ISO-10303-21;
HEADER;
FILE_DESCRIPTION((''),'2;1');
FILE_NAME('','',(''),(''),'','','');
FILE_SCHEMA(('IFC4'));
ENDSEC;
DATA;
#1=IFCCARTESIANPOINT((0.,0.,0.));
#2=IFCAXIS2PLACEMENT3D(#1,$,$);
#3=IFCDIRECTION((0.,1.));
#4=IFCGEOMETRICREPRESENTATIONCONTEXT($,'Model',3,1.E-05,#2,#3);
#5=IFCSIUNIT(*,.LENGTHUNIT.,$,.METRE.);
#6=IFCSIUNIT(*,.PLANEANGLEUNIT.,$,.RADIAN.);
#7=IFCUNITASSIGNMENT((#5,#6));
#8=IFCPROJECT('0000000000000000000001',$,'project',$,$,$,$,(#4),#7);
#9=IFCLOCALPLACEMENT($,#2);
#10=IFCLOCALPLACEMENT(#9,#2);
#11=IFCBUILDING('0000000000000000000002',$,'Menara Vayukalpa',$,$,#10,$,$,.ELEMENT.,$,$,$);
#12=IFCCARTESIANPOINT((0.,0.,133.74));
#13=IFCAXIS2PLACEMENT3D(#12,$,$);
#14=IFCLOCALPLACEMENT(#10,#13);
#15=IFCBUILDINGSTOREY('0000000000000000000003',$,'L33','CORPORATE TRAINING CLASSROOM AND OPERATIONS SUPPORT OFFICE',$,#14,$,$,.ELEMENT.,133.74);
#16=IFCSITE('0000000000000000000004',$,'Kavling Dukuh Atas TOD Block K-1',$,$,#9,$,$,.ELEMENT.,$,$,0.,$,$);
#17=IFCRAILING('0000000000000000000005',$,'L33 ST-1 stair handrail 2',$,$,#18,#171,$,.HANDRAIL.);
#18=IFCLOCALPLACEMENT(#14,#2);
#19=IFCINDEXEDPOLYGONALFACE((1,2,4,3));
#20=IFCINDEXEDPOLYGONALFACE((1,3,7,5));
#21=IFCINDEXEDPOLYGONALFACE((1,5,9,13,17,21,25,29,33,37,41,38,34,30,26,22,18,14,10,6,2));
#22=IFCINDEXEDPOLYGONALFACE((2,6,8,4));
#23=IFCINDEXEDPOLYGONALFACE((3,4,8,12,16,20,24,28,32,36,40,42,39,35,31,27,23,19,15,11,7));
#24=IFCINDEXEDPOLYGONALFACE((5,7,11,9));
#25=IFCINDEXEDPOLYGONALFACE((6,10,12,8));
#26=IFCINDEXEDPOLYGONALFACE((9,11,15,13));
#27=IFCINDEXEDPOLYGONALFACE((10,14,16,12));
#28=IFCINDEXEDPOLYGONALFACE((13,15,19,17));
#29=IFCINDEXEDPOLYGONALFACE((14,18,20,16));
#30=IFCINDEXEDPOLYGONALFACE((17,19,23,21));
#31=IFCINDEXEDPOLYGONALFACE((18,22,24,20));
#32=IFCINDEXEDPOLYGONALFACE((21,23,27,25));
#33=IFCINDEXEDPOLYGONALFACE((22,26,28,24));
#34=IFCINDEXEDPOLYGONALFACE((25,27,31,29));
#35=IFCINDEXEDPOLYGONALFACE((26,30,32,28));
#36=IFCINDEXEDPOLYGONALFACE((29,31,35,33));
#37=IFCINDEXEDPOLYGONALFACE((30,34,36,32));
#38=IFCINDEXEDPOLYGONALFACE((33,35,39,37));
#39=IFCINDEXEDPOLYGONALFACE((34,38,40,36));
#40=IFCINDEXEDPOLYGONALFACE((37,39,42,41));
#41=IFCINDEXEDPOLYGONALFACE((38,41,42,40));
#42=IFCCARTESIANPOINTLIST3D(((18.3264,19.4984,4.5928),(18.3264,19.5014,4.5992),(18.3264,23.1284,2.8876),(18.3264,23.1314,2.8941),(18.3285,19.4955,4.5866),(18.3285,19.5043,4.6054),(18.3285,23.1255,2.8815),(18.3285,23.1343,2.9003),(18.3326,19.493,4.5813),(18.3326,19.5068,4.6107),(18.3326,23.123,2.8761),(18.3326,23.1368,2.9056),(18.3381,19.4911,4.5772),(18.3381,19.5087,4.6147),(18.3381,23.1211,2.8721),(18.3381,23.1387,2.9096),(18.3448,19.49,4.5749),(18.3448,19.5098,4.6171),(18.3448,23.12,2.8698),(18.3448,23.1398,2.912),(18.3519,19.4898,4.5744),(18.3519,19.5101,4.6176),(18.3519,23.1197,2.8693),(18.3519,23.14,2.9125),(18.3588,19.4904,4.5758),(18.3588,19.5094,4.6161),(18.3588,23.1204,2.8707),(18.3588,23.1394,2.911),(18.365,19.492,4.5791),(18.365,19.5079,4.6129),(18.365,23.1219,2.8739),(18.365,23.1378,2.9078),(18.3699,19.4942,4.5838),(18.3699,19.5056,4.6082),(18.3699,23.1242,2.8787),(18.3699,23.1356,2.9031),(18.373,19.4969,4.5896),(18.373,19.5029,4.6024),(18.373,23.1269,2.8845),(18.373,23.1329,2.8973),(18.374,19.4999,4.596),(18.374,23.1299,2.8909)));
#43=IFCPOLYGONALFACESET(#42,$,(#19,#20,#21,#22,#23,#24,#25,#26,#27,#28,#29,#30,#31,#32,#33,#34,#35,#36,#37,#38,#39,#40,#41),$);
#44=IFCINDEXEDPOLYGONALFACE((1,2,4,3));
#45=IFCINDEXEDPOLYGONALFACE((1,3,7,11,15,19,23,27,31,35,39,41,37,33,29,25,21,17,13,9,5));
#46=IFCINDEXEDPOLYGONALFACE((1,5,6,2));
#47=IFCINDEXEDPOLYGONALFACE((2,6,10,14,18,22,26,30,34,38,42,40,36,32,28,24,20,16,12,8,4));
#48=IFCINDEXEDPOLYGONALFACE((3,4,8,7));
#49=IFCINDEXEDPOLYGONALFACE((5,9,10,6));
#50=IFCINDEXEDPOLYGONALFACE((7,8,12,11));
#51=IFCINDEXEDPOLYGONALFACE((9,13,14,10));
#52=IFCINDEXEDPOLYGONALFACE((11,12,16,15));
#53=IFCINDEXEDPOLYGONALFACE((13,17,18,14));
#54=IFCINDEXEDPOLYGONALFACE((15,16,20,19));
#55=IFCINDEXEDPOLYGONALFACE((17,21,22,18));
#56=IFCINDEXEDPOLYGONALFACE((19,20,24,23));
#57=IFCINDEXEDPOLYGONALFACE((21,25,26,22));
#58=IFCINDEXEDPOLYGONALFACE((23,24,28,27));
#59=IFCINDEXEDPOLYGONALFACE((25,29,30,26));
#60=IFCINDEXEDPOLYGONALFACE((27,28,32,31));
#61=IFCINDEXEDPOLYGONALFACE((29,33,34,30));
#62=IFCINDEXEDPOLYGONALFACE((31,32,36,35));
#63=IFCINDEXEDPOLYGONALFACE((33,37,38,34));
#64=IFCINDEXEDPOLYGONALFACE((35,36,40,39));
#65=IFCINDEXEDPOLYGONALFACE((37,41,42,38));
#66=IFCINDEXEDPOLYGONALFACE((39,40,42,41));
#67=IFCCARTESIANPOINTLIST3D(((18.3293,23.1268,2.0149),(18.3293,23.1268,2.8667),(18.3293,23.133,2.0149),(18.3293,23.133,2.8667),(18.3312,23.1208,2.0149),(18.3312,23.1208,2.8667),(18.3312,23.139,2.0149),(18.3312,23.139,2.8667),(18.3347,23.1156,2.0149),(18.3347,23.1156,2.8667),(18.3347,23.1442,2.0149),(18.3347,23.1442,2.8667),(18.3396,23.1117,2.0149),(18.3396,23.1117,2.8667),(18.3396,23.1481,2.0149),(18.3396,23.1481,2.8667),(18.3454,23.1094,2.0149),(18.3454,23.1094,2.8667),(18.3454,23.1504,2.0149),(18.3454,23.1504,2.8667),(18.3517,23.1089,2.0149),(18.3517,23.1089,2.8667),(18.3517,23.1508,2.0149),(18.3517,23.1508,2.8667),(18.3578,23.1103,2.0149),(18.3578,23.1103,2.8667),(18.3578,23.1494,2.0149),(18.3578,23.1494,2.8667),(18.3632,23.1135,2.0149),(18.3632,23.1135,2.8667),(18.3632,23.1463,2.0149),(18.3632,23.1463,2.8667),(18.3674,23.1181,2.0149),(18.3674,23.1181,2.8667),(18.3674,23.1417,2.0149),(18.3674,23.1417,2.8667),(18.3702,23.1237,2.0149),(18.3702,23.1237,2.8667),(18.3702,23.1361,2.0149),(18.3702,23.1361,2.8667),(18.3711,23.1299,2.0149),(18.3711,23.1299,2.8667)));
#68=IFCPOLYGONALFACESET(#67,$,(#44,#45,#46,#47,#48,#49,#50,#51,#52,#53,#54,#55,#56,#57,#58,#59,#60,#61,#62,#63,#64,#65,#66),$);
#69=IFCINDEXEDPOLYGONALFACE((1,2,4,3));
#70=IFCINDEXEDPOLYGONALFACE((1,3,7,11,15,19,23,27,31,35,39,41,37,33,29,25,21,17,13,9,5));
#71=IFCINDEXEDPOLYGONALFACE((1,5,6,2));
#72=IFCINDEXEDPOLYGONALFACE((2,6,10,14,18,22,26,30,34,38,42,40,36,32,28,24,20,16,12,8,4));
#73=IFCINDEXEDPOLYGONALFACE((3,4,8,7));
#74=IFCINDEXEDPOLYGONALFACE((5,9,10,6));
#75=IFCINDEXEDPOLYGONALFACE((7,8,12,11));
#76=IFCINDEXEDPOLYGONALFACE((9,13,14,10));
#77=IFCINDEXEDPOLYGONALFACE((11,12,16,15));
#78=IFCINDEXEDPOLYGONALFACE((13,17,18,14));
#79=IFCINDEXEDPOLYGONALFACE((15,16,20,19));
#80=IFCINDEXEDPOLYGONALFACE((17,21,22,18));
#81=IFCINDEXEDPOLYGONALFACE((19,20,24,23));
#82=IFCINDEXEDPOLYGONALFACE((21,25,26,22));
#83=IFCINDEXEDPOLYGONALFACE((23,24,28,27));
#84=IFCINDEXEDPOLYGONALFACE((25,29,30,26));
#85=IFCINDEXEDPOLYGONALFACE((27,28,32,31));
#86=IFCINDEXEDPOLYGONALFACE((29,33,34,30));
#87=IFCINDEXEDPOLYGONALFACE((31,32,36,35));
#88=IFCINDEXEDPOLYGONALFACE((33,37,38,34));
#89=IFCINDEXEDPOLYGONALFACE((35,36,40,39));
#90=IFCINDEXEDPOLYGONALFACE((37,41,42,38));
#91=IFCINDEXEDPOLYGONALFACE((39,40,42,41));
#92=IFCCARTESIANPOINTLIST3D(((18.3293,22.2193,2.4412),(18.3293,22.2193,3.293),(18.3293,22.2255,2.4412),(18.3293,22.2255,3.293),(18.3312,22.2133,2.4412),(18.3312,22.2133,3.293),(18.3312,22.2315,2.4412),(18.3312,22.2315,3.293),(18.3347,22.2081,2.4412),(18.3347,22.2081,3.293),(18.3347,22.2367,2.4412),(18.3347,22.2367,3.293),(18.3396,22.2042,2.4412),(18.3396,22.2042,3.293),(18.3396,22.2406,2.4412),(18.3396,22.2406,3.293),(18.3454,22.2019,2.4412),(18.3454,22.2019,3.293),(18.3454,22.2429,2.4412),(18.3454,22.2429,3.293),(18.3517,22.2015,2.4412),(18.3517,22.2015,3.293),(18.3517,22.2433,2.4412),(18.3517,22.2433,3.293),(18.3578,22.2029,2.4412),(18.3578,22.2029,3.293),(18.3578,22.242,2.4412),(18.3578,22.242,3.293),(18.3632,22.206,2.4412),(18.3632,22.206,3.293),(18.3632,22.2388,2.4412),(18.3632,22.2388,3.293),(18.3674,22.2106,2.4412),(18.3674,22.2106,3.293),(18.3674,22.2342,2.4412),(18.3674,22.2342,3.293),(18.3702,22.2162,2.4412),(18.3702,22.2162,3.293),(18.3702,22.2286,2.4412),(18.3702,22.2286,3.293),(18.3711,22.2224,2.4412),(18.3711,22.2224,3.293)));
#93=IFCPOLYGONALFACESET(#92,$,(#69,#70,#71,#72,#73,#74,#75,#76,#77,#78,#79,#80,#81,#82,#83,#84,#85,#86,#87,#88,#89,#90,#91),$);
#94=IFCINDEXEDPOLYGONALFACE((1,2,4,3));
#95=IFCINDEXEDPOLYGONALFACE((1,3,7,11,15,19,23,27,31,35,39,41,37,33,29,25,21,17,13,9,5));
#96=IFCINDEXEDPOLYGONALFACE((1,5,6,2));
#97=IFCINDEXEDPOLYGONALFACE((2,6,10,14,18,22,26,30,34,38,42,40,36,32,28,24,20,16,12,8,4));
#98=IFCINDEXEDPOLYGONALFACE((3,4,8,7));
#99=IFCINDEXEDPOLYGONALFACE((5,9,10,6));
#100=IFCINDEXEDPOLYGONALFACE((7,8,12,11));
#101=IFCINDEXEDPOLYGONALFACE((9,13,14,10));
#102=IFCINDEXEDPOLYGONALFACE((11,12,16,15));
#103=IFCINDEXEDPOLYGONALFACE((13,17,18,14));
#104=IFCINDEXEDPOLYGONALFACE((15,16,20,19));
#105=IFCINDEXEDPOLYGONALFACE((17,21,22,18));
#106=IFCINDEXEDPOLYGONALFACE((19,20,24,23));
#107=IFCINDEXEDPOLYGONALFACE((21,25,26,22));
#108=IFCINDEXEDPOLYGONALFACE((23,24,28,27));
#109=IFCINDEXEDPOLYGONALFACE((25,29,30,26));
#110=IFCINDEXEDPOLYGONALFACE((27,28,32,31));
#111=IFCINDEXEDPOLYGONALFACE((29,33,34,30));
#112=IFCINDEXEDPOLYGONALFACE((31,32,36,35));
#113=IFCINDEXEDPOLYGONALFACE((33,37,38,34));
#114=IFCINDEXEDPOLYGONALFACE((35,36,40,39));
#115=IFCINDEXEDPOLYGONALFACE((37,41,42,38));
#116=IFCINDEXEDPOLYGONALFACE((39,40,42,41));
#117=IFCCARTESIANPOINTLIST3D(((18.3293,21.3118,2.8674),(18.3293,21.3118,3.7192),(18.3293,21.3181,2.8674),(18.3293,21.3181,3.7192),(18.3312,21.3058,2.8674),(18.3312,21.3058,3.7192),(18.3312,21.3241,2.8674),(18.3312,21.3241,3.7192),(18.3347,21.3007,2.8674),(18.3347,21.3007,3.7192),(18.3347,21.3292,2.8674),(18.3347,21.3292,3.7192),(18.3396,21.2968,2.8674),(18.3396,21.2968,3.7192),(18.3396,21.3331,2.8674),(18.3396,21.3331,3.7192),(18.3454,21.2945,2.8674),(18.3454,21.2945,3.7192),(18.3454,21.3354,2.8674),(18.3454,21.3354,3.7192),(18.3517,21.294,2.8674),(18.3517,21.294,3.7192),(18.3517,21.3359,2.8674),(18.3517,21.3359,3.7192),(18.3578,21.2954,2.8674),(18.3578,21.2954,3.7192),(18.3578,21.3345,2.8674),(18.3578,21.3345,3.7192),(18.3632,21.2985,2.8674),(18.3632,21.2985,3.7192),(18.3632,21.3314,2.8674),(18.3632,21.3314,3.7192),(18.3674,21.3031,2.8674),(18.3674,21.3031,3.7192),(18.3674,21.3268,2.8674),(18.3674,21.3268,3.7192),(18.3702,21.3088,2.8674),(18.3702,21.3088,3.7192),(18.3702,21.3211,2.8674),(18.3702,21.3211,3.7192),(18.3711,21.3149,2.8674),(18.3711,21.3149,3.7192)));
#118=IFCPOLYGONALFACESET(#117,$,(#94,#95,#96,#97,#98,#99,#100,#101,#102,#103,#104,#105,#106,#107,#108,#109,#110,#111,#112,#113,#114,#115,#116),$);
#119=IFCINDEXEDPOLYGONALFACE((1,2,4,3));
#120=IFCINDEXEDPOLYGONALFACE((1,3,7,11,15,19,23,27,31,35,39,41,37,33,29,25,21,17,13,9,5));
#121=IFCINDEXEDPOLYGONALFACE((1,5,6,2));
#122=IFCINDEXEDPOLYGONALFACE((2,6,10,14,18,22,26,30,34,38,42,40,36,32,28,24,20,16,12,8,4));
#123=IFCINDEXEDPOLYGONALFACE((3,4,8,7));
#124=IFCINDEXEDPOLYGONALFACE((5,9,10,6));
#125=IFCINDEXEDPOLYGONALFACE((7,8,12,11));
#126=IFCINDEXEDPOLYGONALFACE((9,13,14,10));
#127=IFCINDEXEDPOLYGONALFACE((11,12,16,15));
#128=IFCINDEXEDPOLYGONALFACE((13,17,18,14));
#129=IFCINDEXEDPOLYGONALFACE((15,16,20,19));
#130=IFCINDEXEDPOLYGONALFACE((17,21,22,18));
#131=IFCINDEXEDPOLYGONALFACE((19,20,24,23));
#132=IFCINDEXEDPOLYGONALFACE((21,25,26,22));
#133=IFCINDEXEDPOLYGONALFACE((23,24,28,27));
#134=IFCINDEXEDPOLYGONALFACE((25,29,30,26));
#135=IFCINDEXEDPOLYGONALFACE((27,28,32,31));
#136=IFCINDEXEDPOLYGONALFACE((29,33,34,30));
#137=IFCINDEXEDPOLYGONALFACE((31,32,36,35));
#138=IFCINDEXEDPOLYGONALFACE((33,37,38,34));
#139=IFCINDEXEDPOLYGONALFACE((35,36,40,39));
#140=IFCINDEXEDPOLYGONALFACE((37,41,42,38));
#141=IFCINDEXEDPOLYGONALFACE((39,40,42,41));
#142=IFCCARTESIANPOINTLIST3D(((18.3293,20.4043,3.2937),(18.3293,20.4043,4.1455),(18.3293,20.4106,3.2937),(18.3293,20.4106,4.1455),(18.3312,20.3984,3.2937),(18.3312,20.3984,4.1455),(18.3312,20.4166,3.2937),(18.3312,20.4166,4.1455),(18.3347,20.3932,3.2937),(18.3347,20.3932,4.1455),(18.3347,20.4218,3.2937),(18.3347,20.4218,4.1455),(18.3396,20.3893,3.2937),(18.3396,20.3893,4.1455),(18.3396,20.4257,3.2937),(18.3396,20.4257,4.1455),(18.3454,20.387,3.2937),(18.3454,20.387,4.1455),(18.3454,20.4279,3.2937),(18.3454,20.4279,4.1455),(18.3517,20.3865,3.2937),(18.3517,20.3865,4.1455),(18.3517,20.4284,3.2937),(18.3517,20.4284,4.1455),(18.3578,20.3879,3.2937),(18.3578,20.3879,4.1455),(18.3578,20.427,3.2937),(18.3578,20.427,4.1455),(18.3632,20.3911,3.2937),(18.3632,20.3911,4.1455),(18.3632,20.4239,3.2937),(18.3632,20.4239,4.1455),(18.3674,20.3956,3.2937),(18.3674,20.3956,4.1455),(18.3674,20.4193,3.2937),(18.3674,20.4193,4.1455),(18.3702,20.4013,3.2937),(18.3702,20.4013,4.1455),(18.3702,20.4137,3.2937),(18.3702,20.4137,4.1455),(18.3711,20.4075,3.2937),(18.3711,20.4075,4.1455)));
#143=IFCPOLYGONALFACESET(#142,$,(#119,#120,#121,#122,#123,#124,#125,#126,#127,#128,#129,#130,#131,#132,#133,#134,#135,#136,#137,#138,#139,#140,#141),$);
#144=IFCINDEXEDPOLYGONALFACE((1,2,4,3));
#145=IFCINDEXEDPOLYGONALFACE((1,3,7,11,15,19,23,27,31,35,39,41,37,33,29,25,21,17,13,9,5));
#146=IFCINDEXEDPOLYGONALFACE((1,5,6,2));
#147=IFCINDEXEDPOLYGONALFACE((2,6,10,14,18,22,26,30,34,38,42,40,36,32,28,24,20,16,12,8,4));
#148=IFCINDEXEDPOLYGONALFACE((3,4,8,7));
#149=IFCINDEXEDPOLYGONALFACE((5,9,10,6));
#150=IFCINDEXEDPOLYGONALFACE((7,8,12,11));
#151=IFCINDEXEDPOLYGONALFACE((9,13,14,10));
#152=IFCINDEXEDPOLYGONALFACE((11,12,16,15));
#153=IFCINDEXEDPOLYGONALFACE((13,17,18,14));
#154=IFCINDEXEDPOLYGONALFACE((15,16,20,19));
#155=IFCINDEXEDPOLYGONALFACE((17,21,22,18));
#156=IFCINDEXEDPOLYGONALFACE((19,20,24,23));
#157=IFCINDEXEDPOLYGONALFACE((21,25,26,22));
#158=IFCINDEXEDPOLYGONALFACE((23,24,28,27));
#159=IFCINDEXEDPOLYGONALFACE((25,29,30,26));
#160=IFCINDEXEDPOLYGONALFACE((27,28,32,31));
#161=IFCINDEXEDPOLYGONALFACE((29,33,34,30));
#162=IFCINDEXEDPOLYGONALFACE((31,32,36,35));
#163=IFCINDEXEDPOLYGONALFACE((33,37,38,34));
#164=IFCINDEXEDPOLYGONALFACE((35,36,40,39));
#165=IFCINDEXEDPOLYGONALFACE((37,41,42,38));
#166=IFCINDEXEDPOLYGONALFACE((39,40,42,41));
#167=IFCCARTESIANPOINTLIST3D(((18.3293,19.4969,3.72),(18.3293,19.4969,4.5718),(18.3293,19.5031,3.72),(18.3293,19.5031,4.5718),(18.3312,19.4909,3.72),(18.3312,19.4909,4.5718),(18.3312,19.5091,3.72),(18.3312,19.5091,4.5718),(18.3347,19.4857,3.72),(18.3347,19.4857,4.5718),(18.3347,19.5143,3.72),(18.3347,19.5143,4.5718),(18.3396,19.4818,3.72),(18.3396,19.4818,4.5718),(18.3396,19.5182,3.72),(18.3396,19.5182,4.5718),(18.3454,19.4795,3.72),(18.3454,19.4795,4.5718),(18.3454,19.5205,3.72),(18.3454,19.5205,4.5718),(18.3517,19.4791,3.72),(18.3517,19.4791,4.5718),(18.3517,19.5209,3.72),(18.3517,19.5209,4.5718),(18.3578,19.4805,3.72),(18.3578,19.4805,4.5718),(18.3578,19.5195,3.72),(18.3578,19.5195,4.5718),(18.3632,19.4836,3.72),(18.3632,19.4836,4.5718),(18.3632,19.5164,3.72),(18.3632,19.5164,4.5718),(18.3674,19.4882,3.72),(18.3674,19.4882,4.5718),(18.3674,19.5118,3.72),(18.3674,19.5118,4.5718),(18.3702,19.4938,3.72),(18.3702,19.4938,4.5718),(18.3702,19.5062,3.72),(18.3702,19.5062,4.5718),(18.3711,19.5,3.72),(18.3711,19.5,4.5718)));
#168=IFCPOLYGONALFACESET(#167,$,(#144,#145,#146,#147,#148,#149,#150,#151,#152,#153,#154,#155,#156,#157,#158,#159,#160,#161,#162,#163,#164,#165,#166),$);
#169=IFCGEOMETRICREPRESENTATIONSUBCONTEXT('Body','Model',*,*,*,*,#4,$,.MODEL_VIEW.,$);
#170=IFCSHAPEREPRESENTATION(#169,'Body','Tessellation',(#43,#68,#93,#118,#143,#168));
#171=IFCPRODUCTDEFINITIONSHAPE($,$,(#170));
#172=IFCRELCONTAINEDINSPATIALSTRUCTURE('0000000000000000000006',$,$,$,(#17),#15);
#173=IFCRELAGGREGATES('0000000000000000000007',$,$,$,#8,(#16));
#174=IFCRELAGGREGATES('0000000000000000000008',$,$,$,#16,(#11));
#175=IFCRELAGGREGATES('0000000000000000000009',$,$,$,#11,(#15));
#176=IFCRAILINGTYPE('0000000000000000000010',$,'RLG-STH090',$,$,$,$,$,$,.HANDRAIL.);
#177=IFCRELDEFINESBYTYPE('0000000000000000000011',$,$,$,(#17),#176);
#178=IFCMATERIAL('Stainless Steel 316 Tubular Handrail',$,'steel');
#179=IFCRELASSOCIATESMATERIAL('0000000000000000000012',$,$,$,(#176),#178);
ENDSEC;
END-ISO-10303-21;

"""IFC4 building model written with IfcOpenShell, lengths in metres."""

from ifc_helpers import new_model, si_unit, direction, frame, origin, origin_2d, place, context, subcontext, project, spatial, circle, extrude, material, type_object, element, save


model = new_model("IFC4")

# Units and contexts
model_context = context("Model", 3, precision=1e-05, world=origin(), true_north=direction((0.0, 1.0)))
body_context = subcontext(model_context, "Body", "Model", "MODEL_VIEW")
ifc_project = project(units=[si_unit("LENGTHUNIT", "METRE"), si_unit("PLANEANGLEUNIT", "RADIAN")], contexts=[model_context])

# Site, building, storey
site_placement = place(None, origin())
site = spatial("IfcSite", under=ifc_project, at=site_placement, Name="Kavling Dukuh Atas TOD Block K-1", CompositionType="ELEMENT", RefElevation=0.0)
building_placement = place(site_placement, origin())
building = spatial("IfcBuilding", under=site, at=building_placement, Name="Menara Vayukalpa", CompositionType="ELEMENT")
storey_placement = place(building_placement, frame((0.0, 0.0, 133.74)))
storey = spatial("IfcBuildingStorey", under=building, at=storey_placement, Name="L33", Description="CORPORATE TRAINING CLASSROOM AND OPERATIONS SUPPORT OFFICE", CompositionType="ELEMENT", Elevation=133.74)

# Railing
ifc_material_1 = material(Name="Stainless Steel 316 Tubular Handrail", Category="steel")
railing_type_1 = type_object("IfcRailingType", Name="RLG-STH090", PredefinedType="HANDRAIL", material=ifc_material_1)
railing_1_placement = place(storey_placement, frame((18.3501, 23.1299, 2.0149)))
element("IfcRailing", 1, at=railing_1_placement, inside=storey, type_object=railing_type_1, Name="L33 ST-1 stair handrail 2", PredefinedType="HANDRAIL", context=body_context, shape_type="SweptSolid", body=[
    extrude(circle(Radius=0.0239, at=origin_2d()), frame((0.0, 0.0, 0.876), z_axis=(0.0, -0.905116, 0.425164), x_axis=(1.0, 0.0, 0.0)), (0.0, 0.0, 1.0), 4.0105),
    extrude(circle(Radius=0.021, at=origin_2d()), origin(), (0.0, 0.0, 1.0), 0.8518),
    extrude(circle(Radius=0.021, at=origin_2d()), frame((0.0, -0.9075, 0.4263)), (0.0, 0.0, 1.0), 0.8518),
    extrude(circle(Radius=0.021, at=origin_2d()), frame((0.0, -1.8149, 0.8525)), (0.0, 0.0, 1.0), 0.8518),
    extrude(circle(Radius=0.021, at=origin_2d()), frame((0.0, -2.7224, 1.2788)), (0.0, 0.0, 1.0), 0.8518),
    extrude(circle(Radius=0.021, at=origin_2d()), frame((0.0, -3.6299, 1.7051)), (0.0, 0.0, 1.0), 0.8518),
])

save(model, "model.ifc")
